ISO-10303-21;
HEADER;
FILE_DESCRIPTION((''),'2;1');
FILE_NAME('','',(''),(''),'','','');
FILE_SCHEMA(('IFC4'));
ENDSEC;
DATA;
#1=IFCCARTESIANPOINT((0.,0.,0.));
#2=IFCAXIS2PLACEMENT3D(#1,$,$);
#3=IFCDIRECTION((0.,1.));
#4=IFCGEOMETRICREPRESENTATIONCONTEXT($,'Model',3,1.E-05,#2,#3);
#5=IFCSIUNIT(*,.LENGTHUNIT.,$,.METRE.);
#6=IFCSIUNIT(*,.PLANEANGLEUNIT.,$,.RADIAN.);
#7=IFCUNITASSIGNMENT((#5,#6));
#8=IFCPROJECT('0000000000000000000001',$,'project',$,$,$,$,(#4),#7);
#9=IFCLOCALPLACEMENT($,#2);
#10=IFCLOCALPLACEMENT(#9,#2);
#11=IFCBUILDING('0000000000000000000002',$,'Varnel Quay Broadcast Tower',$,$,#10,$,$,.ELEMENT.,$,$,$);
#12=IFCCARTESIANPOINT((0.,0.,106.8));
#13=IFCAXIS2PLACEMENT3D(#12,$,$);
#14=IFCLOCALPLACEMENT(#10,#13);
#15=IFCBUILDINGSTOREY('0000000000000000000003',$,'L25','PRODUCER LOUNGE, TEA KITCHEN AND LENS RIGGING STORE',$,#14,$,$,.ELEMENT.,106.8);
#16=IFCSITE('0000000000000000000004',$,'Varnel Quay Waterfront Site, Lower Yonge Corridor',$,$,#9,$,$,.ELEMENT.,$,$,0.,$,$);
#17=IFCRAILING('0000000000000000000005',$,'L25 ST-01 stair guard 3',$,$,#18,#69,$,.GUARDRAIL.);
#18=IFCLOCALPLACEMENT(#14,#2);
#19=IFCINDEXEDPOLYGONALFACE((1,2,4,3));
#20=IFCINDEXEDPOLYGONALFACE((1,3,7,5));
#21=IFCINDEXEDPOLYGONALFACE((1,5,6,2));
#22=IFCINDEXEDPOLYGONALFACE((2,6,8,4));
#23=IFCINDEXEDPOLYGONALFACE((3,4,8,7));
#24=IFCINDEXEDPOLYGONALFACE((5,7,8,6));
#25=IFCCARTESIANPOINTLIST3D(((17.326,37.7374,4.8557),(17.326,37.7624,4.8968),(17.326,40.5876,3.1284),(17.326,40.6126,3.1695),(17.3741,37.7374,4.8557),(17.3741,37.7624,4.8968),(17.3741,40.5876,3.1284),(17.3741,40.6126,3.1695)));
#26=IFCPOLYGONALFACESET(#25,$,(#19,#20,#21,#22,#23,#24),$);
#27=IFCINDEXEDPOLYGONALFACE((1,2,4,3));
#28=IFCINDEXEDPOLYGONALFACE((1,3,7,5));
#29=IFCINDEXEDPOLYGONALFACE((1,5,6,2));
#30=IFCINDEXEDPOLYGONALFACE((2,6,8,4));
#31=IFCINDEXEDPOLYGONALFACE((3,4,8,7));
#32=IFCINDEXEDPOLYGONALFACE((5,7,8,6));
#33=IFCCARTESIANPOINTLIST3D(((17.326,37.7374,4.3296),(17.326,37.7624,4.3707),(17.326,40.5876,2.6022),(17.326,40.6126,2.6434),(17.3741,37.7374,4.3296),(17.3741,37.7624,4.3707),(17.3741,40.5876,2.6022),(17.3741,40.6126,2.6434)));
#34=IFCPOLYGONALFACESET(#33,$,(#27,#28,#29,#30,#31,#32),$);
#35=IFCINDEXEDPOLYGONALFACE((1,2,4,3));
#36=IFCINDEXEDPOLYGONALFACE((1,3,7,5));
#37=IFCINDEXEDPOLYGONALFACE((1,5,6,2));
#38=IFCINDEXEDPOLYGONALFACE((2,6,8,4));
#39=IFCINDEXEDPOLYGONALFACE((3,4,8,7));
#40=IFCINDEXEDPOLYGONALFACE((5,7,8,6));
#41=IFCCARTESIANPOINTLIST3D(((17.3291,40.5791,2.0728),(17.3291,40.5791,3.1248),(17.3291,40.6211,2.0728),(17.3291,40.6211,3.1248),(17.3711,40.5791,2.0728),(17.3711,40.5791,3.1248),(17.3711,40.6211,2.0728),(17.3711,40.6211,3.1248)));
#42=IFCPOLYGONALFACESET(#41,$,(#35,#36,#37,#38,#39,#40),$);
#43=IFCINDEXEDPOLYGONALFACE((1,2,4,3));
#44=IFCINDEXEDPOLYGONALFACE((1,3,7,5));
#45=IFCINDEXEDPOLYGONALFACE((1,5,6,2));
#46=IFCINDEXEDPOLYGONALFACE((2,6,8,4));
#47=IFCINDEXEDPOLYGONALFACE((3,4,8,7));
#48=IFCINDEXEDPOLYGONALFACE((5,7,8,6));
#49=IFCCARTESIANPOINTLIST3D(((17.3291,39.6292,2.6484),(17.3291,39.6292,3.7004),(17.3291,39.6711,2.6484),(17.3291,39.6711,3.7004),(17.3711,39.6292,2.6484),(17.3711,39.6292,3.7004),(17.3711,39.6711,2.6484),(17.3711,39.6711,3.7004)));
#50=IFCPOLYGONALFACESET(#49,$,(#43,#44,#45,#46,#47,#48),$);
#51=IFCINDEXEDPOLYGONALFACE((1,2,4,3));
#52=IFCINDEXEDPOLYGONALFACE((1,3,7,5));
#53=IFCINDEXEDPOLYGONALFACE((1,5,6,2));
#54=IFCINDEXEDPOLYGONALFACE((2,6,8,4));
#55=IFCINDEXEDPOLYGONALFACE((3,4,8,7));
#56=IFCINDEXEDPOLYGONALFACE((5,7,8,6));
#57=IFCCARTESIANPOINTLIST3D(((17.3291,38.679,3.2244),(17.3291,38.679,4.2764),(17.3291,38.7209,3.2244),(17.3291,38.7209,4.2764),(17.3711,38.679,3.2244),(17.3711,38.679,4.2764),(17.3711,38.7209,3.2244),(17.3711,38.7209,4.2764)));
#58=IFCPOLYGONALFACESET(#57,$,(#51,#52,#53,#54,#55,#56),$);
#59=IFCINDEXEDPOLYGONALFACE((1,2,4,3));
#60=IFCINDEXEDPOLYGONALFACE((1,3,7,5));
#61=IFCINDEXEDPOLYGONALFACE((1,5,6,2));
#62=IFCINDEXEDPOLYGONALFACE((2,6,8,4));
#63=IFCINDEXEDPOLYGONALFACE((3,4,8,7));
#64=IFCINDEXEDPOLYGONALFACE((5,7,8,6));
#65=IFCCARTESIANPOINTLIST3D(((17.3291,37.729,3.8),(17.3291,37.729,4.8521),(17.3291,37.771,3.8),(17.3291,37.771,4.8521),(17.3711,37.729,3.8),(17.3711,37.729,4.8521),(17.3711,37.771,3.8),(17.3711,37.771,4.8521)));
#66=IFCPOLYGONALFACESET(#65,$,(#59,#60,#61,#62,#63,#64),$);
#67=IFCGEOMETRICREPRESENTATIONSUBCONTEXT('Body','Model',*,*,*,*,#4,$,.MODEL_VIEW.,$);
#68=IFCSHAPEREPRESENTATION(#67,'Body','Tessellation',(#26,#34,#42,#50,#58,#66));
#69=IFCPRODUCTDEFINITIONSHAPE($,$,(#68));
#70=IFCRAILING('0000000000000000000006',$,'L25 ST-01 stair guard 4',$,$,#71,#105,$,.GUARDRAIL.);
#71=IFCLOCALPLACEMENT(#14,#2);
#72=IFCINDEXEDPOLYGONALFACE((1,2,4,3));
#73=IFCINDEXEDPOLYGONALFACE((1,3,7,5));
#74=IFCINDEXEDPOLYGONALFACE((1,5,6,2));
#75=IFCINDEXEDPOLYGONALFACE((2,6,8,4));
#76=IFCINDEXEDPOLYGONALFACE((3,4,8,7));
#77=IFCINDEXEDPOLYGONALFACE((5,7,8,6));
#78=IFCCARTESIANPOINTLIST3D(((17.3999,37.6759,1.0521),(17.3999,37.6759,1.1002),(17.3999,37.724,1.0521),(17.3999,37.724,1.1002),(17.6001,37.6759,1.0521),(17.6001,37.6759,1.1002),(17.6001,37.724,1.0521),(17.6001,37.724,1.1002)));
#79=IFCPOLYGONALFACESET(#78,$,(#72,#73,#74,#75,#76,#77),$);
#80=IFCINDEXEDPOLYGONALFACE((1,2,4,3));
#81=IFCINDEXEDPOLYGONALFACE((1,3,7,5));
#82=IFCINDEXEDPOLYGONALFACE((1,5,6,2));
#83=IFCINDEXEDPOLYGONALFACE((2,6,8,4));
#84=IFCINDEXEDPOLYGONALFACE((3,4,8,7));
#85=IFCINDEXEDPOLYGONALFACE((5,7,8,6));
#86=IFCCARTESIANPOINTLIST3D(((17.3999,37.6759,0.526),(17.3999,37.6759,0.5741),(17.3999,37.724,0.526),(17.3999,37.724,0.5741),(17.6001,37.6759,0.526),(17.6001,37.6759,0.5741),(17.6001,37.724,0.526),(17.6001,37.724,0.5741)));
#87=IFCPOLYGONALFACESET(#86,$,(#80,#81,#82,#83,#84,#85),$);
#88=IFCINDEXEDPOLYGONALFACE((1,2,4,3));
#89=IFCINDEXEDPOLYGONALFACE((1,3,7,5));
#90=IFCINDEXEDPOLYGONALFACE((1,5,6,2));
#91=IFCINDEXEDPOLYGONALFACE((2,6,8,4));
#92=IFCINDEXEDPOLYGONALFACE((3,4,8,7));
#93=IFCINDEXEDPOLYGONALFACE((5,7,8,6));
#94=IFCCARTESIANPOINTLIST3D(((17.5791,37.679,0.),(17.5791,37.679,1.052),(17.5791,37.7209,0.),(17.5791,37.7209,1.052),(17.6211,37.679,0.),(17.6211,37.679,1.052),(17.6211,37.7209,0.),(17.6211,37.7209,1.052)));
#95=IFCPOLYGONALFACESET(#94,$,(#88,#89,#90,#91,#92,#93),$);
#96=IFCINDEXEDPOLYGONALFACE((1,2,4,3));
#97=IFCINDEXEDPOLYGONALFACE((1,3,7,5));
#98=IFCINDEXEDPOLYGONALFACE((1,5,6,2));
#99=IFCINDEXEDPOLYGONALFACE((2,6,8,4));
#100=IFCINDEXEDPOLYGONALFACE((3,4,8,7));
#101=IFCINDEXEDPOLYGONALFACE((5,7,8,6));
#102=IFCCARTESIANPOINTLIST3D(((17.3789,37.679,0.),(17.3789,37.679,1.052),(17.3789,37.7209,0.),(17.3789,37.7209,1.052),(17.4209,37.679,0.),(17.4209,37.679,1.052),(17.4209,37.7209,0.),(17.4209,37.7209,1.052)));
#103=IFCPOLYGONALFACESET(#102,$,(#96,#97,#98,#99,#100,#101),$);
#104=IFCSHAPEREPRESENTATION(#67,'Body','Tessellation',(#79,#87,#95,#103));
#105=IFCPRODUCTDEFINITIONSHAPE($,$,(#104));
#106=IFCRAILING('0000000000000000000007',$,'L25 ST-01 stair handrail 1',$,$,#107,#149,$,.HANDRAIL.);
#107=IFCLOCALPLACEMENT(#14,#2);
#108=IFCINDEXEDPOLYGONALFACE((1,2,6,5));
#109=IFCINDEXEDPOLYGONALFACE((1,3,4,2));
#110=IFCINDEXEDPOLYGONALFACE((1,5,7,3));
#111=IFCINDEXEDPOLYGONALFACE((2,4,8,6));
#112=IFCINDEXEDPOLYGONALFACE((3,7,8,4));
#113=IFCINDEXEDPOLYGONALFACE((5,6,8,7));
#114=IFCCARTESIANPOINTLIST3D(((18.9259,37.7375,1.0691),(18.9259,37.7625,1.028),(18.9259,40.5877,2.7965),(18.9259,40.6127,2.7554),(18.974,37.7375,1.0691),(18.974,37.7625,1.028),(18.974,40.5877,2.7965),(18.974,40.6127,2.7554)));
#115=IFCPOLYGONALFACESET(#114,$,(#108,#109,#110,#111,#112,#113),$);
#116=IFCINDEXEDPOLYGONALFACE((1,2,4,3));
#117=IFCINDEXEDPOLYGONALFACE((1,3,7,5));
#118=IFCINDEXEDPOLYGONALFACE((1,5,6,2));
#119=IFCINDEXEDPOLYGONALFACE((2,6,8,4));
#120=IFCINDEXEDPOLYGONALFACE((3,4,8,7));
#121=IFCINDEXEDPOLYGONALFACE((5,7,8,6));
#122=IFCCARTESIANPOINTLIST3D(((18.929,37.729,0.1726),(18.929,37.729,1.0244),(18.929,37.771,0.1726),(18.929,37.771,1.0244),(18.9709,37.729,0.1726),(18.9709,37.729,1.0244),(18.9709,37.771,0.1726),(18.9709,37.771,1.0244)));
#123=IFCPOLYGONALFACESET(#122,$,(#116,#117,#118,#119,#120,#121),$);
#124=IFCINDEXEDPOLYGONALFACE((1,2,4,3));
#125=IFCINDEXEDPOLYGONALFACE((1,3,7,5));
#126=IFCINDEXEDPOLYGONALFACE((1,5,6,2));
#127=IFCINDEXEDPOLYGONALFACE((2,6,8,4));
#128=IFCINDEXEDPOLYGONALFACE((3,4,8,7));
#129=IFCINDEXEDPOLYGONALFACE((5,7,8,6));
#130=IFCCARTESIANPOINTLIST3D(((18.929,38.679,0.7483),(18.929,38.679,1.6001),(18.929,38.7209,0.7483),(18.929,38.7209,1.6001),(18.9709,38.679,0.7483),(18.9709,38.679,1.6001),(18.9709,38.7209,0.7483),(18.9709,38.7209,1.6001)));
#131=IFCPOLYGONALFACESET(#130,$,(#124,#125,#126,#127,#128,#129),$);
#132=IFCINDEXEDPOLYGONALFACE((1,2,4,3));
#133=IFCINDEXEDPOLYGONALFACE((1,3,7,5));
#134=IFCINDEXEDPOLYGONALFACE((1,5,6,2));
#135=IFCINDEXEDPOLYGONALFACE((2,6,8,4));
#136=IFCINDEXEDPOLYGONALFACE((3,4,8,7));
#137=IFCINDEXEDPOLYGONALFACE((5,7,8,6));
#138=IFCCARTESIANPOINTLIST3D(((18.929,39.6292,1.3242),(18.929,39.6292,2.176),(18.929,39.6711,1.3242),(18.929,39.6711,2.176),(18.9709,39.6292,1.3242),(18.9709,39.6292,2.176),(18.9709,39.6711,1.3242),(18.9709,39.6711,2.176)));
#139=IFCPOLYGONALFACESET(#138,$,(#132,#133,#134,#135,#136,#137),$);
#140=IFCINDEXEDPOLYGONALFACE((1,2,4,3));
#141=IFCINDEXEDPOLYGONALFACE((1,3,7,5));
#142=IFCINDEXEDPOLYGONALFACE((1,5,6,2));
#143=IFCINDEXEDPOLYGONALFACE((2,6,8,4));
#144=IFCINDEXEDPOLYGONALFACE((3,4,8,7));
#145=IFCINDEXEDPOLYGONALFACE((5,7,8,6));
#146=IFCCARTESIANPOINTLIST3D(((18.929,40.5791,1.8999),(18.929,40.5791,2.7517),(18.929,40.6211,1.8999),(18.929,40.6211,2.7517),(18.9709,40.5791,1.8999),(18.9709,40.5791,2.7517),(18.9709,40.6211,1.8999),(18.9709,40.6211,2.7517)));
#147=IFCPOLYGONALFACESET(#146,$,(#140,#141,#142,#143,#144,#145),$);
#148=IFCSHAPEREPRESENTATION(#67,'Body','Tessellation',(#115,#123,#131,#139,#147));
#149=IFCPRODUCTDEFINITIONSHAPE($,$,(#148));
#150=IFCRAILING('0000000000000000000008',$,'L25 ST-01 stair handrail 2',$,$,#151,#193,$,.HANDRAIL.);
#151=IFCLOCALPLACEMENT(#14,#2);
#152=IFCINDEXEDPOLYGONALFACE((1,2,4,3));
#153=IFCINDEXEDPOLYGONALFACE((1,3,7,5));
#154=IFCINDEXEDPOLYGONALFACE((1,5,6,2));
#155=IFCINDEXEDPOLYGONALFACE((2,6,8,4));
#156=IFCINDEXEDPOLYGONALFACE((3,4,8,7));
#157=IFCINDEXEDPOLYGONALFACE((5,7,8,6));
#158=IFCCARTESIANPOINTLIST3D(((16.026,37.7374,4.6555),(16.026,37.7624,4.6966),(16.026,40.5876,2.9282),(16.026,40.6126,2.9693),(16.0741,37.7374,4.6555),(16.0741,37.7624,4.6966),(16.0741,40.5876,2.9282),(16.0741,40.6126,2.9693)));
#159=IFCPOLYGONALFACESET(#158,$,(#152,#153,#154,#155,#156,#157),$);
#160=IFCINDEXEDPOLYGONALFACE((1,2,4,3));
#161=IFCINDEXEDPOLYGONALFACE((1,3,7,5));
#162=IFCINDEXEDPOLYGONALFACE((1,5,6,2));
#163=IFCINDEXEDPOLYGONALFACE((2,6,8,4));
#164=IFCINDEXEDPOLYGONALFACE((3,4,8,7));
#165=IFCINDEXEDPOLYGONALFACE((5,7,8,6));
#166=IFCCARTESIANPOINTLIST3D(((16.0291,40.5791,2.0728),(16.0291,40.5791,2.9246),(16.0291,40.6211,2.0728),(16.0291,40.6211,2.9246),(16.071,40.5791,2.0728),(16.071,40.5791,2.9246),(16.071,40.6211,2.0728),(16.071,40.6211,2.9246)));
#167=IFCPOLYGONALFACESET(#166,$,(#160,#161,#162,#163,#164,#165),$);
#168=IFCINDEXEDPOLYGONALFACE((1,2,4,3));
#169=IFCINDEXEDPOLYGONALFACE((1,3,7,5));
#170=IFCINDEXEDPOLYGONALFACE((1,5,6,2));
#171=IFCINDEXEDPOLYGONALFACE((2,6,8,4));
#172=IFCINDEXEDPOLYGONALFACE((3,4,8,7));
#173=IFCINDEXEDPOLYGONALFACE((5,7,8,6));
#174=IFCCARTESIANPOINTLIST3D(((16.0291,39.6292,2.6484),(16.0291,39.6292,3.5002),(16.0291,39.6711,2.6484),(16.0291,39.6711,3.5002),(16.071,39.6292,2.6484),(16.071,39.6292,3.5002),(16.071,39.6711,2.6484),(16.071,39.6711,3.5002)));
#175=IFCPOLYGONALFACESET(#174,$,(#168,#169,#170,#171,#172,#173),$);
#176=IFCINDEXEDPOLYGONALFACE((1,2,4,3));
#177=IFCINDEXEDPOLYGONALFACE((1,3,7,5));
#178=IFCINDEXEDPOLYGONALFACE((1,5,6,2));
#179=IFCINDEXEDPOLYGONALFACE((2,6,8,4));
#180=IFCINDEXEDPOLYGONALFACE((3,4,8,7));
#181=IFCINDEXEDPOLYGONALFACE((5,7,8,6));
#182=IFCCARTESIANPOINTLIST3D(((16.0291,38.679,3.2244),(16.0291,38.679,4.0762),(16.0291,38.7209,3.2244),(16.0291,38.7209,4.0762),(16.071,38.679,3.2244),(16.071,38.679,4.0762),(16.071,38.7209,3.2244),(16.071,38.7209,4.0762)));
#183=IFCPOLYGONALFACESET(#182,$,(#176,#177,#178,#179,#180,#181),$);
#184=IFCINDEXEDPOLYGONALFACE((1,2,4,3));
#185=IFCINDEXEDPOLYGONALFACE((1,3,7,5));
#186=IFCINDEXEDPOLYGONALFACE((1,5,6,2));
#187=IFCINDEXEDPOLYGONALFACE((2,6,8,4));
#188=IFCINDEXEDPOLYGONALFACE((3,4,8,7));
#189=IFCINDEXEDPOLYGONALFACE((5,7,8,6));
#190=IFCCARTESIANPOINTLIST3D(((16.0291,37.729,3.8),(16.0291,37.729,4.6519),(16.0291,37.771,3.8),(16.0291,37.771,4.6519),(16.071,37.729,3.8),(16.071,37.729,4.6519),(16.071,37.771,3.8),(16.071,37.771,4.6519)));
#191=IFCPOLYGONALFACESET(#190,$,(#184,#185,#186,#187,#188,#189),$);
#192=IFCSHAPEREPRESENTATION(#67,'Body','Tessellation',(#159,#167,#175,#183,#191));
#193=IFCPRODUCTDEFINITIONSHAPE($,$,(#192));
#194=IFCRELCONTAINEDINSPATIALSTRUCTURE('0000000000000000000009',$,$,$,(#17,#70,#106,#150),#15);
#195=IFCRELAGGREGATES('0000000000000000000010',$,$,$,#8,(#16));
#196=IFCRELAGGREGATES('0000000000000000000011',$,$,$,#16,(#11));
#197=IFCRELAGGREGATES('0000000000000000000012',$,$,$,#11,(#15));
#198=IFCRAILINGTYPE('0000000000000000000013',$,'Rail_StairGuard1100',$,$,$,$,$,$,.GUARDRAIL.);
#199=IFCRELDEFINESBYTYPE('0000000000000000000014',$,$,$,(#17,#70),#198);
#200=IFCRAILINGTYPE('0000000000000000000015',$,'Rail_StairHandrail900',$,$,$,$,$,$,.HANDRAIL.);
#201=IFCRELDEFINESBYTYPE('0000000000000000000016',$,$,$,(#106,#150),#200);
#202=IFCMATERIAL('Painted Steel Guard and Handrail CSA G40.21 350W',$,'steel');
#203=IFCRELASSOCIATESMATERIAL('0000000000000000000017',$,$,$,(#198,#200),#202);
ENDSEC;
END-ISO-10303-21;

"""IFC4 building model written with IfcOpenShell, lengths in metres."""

from ifc_helpers import new_model, si_unit, direction, frame, origin, origin_2d, place, context, subcontext, project, spatial, rectangle, extrude, material, type_object, element, save


model = new_model("IFC4")

# Units and contexts
model_context = context("Model", 3, precision=1e-05, world=origin(), true_north=direction((0.0, 1.0)))
body_context = subcontext(model_context, "Body", "Model", "MODEL_VIEW")
ifc_project = project(units=[si_unit("LENGTHUNIT", "METRE"), si_unit("PLANEANGLEUNIT", "RADIAN")], contexts=[model_context])

# Site, building, storey
site_placement = place(None, origin())
site = spatial("IfcSite", under=ifc_project, at=site_placement, Name="Varnel Quay Waterfront Site, Lower Yonge Corridor", CompositionType="ELEMENT", RefElevation=0.0)
building_placement = place(site_placement, origin())
building = spatial("IfcBuilding", under=site, at=building_placement, Name="Varnel Quay Broadcast Tower", CompositionType="ELEMENT")
storey_placement = place(building_placement, frame((0.0, 0.0, 106.8)))
storey = spatial("IfcBuildingStorey", under=building, at=storey_placement, Name="L25", Description="PRODUCER LOUNGE, TEA KITCHEN AND LENS RIGGING STORE", CompositionType="ELEMENT", Elevation=106.8)

# Railings
ifc_material_1 = material(Name="Painted Steel Guard and Handrail CSA G40.21 350W", Category="steel")
railing_type_1 = type_object("IfcRailingType", Name="Rail_StairGuard1100", PredefinedType="GUARDRAIL", material=ifc_material_1)
railing_1_placement = place(storey_placement, frame((17.3501, 40.6001, 2.0728)))
element("IfcRailing", 1, at=railing_1_placement, inside=storey, type_object=railing_type_1, Name="L25 ST-01 stair guard 3", PredefinedType="GUARDRAIL", context=body_context, shape_type="SweptSolid", body=[
    extrude(rectangle(XDim=0.0481, YDim=0.0481, at=origin_2d()), frame((0.0, 0.0, 1.0762), z_axis=(0.0, -0.855203, 0.518294), x_axis=(1.0, 0.0, 0.0)), (0.0, 0.0, 1.0), 3.3328),
    extrude(rectangle(XDim=0.0481, YDim=0.0481, at=origin_2d()), frame((0.0, 0.0, 0.55), z_axis=(0.0, -0.855203, 0.518294), x_axis=(1.0, 0.0, 0.0)), (0.0, 0.0, 1.0), 3.3328),
    extrude(rectangle(XDim=0.042, YDim=0.042, at=origin_2d()), origin(), (0.0, 0.0, 1.0), 1.052),
    extrude(rectangle(XDim=0.042, YDim=0.042, at=origin_2d()), frame((0.0, -0.95, 0.5757)), (0.0, 0.0, 1.0), 1.052),
    extrude(rectangle(XDim=0.042, YDim=0.042, at=origin_2d()), frame((0.0, -1.9001, 1.1516)), (0.0, 0.0, 1.0), 1.052),
    extrude(rectangle(XDim=0.042, YDim=0.042, at=origin_2d()), frame((0.0, -2.8501, 1.7273)), (0.0, 0.0, 1.0), 1.052),
])
railing_2_placement = place(storey_placement, frame((17.6001, 37.7, 0.0)))
element("IfcRailing", 2, at=railing_2_placement, inside=storey, type_object=railing_type_1, Name="L25 ST-01 stair guard 4", PredefinedType="GUARDRAIL", context=body_context, shape_type="SweptSolid", body=[
    extrude(rectangle(XDim=0.0481, YDim=0.0481, at=origin_2d()), frame((0.0, 0.0, 1.0762), z_axis=(-1.0, 0.0, 0.0), x_axis=(0.0, -1.0, 0.0)), (0.0, 0.0, 1.0), 0.2002),
    extrude(rectangle(XDim=0.0481, YDim=0.0481, at=origin_2d()), frame((0.0, 0.0, 0.55), z_axis=(-1.0, 0.0, 0.0), x_axis=(0.0, -1.0, 0.0)), (0.0, 0.0, 1.0), 0.2002),
    extrude(rectangle(XDim=0.042, YDim=0.042, at=origin_2d()), origin(), (0.0, 0.0, 1.0), 1.052),
    extrude(rectangle(XDim=0.042, YDim=0.042, at=origin_2d()), frame((-0.2002, 0.0, 0.0)), (0.0, 0.0, 1.0), 1.052),
])
railing_type_2 = type_object("IfcRailingType", Name="Rail_StairHandrail900", PredefinedType="HANDRAIL", material=ifc_material_1)
railing_3_placement = place(storey_placement, frame((18.95, 37.75, 0.1726)))
element("IfcRailing", 3, at=railing_3_placement, inside=storey, type_object=railing_type_2, Name="L25 ST-01 stair handrail 1", PredefinedType="HANDRAIL", context=body_context, shape_type="SweptSolid", body=[
    extrude(rectangle(XDim=0.0481, YDim=0.0481, at=origin_2d()), frame((0.0, 0.0, 0.876), z_axis=(0.0, 0.855203, 0.518294), x_axis=(-1.0, 0.0, 0.0)), (0.0, 0.0, 1.0), 3.3328),
    extrude(rectangle(XDim=0.042, YDim=0.042, at=origin_2d()), origin(), (0.0, 0.0, 1.0), 0.8518),
    extrude(rectangle(XDim=0.042, YDim=0.042, at=origin_2d()), frame((0.0, 0.95, 0.5757)), (0.0, 0.0, 1.0), 0.8518),
    extrude(rectangle(XDim=0.042, YDim=0.042, at=origin_2d()), frame((0.0, 1.9001, 1.1516)), (0.0, 0.0, 1.0), 0.8518),
    extrude(rectangle(XDim=0.042, YDim=0.042, at=origin_2d()), frame((0.0, 2.8501, 1.7273)), (0.0, 0.0, 1.0), 0.8518),
])
railing_4_placement = place(storey_placement, frame((16.05, 40.6001, 2.0728)))
element("IfcRailing", 4, at=railing_4_placement, inside=storey, type_object=railing_type_2, Name="L25 ST-01 stair handrail 2", PredefinedType="HANDRAIL", context=body_context, shape_type="SweptSolid", body=[
    extrude(rectangle(XDim=0.0481, YDim=0.0481, at=origin_2d()), frame((0.0, 0.0, 0.876), z_axis=(0.0, -0.855203, 0.518294), x_axis=(1.0, 0.0, 0.0)), (0.0, 0.0, 1.0), 3.3328),
    extrude(rectangle(XDim=0.042, YDim=0.042, at=origin_2d()), origin(), (0.0, 0.0, 1.0), 0.8518),
    extrude(rectangle(XDim=0.042, YDim=0.042, at=origin_2d()), frame((0.0, -0.95, 0.5757)), (0.0, 0.0, 1.0), 0.8518),
    extrude(rectangle(XDim=0.042, YDim=0.042, at=origin_2d()), frame((0.0, -1.9001, 1.1516)), (0.0, 0.0, 1.0), 0.8518),
    extrude(rectangle(XDim=0.042, YDim=0.042, at=origin_2d()), frame((0.0, -2.8501, 1.7273)), (0.0, 0.0, 1.0), 0.8518),
])

save(model, "model.ifc")
